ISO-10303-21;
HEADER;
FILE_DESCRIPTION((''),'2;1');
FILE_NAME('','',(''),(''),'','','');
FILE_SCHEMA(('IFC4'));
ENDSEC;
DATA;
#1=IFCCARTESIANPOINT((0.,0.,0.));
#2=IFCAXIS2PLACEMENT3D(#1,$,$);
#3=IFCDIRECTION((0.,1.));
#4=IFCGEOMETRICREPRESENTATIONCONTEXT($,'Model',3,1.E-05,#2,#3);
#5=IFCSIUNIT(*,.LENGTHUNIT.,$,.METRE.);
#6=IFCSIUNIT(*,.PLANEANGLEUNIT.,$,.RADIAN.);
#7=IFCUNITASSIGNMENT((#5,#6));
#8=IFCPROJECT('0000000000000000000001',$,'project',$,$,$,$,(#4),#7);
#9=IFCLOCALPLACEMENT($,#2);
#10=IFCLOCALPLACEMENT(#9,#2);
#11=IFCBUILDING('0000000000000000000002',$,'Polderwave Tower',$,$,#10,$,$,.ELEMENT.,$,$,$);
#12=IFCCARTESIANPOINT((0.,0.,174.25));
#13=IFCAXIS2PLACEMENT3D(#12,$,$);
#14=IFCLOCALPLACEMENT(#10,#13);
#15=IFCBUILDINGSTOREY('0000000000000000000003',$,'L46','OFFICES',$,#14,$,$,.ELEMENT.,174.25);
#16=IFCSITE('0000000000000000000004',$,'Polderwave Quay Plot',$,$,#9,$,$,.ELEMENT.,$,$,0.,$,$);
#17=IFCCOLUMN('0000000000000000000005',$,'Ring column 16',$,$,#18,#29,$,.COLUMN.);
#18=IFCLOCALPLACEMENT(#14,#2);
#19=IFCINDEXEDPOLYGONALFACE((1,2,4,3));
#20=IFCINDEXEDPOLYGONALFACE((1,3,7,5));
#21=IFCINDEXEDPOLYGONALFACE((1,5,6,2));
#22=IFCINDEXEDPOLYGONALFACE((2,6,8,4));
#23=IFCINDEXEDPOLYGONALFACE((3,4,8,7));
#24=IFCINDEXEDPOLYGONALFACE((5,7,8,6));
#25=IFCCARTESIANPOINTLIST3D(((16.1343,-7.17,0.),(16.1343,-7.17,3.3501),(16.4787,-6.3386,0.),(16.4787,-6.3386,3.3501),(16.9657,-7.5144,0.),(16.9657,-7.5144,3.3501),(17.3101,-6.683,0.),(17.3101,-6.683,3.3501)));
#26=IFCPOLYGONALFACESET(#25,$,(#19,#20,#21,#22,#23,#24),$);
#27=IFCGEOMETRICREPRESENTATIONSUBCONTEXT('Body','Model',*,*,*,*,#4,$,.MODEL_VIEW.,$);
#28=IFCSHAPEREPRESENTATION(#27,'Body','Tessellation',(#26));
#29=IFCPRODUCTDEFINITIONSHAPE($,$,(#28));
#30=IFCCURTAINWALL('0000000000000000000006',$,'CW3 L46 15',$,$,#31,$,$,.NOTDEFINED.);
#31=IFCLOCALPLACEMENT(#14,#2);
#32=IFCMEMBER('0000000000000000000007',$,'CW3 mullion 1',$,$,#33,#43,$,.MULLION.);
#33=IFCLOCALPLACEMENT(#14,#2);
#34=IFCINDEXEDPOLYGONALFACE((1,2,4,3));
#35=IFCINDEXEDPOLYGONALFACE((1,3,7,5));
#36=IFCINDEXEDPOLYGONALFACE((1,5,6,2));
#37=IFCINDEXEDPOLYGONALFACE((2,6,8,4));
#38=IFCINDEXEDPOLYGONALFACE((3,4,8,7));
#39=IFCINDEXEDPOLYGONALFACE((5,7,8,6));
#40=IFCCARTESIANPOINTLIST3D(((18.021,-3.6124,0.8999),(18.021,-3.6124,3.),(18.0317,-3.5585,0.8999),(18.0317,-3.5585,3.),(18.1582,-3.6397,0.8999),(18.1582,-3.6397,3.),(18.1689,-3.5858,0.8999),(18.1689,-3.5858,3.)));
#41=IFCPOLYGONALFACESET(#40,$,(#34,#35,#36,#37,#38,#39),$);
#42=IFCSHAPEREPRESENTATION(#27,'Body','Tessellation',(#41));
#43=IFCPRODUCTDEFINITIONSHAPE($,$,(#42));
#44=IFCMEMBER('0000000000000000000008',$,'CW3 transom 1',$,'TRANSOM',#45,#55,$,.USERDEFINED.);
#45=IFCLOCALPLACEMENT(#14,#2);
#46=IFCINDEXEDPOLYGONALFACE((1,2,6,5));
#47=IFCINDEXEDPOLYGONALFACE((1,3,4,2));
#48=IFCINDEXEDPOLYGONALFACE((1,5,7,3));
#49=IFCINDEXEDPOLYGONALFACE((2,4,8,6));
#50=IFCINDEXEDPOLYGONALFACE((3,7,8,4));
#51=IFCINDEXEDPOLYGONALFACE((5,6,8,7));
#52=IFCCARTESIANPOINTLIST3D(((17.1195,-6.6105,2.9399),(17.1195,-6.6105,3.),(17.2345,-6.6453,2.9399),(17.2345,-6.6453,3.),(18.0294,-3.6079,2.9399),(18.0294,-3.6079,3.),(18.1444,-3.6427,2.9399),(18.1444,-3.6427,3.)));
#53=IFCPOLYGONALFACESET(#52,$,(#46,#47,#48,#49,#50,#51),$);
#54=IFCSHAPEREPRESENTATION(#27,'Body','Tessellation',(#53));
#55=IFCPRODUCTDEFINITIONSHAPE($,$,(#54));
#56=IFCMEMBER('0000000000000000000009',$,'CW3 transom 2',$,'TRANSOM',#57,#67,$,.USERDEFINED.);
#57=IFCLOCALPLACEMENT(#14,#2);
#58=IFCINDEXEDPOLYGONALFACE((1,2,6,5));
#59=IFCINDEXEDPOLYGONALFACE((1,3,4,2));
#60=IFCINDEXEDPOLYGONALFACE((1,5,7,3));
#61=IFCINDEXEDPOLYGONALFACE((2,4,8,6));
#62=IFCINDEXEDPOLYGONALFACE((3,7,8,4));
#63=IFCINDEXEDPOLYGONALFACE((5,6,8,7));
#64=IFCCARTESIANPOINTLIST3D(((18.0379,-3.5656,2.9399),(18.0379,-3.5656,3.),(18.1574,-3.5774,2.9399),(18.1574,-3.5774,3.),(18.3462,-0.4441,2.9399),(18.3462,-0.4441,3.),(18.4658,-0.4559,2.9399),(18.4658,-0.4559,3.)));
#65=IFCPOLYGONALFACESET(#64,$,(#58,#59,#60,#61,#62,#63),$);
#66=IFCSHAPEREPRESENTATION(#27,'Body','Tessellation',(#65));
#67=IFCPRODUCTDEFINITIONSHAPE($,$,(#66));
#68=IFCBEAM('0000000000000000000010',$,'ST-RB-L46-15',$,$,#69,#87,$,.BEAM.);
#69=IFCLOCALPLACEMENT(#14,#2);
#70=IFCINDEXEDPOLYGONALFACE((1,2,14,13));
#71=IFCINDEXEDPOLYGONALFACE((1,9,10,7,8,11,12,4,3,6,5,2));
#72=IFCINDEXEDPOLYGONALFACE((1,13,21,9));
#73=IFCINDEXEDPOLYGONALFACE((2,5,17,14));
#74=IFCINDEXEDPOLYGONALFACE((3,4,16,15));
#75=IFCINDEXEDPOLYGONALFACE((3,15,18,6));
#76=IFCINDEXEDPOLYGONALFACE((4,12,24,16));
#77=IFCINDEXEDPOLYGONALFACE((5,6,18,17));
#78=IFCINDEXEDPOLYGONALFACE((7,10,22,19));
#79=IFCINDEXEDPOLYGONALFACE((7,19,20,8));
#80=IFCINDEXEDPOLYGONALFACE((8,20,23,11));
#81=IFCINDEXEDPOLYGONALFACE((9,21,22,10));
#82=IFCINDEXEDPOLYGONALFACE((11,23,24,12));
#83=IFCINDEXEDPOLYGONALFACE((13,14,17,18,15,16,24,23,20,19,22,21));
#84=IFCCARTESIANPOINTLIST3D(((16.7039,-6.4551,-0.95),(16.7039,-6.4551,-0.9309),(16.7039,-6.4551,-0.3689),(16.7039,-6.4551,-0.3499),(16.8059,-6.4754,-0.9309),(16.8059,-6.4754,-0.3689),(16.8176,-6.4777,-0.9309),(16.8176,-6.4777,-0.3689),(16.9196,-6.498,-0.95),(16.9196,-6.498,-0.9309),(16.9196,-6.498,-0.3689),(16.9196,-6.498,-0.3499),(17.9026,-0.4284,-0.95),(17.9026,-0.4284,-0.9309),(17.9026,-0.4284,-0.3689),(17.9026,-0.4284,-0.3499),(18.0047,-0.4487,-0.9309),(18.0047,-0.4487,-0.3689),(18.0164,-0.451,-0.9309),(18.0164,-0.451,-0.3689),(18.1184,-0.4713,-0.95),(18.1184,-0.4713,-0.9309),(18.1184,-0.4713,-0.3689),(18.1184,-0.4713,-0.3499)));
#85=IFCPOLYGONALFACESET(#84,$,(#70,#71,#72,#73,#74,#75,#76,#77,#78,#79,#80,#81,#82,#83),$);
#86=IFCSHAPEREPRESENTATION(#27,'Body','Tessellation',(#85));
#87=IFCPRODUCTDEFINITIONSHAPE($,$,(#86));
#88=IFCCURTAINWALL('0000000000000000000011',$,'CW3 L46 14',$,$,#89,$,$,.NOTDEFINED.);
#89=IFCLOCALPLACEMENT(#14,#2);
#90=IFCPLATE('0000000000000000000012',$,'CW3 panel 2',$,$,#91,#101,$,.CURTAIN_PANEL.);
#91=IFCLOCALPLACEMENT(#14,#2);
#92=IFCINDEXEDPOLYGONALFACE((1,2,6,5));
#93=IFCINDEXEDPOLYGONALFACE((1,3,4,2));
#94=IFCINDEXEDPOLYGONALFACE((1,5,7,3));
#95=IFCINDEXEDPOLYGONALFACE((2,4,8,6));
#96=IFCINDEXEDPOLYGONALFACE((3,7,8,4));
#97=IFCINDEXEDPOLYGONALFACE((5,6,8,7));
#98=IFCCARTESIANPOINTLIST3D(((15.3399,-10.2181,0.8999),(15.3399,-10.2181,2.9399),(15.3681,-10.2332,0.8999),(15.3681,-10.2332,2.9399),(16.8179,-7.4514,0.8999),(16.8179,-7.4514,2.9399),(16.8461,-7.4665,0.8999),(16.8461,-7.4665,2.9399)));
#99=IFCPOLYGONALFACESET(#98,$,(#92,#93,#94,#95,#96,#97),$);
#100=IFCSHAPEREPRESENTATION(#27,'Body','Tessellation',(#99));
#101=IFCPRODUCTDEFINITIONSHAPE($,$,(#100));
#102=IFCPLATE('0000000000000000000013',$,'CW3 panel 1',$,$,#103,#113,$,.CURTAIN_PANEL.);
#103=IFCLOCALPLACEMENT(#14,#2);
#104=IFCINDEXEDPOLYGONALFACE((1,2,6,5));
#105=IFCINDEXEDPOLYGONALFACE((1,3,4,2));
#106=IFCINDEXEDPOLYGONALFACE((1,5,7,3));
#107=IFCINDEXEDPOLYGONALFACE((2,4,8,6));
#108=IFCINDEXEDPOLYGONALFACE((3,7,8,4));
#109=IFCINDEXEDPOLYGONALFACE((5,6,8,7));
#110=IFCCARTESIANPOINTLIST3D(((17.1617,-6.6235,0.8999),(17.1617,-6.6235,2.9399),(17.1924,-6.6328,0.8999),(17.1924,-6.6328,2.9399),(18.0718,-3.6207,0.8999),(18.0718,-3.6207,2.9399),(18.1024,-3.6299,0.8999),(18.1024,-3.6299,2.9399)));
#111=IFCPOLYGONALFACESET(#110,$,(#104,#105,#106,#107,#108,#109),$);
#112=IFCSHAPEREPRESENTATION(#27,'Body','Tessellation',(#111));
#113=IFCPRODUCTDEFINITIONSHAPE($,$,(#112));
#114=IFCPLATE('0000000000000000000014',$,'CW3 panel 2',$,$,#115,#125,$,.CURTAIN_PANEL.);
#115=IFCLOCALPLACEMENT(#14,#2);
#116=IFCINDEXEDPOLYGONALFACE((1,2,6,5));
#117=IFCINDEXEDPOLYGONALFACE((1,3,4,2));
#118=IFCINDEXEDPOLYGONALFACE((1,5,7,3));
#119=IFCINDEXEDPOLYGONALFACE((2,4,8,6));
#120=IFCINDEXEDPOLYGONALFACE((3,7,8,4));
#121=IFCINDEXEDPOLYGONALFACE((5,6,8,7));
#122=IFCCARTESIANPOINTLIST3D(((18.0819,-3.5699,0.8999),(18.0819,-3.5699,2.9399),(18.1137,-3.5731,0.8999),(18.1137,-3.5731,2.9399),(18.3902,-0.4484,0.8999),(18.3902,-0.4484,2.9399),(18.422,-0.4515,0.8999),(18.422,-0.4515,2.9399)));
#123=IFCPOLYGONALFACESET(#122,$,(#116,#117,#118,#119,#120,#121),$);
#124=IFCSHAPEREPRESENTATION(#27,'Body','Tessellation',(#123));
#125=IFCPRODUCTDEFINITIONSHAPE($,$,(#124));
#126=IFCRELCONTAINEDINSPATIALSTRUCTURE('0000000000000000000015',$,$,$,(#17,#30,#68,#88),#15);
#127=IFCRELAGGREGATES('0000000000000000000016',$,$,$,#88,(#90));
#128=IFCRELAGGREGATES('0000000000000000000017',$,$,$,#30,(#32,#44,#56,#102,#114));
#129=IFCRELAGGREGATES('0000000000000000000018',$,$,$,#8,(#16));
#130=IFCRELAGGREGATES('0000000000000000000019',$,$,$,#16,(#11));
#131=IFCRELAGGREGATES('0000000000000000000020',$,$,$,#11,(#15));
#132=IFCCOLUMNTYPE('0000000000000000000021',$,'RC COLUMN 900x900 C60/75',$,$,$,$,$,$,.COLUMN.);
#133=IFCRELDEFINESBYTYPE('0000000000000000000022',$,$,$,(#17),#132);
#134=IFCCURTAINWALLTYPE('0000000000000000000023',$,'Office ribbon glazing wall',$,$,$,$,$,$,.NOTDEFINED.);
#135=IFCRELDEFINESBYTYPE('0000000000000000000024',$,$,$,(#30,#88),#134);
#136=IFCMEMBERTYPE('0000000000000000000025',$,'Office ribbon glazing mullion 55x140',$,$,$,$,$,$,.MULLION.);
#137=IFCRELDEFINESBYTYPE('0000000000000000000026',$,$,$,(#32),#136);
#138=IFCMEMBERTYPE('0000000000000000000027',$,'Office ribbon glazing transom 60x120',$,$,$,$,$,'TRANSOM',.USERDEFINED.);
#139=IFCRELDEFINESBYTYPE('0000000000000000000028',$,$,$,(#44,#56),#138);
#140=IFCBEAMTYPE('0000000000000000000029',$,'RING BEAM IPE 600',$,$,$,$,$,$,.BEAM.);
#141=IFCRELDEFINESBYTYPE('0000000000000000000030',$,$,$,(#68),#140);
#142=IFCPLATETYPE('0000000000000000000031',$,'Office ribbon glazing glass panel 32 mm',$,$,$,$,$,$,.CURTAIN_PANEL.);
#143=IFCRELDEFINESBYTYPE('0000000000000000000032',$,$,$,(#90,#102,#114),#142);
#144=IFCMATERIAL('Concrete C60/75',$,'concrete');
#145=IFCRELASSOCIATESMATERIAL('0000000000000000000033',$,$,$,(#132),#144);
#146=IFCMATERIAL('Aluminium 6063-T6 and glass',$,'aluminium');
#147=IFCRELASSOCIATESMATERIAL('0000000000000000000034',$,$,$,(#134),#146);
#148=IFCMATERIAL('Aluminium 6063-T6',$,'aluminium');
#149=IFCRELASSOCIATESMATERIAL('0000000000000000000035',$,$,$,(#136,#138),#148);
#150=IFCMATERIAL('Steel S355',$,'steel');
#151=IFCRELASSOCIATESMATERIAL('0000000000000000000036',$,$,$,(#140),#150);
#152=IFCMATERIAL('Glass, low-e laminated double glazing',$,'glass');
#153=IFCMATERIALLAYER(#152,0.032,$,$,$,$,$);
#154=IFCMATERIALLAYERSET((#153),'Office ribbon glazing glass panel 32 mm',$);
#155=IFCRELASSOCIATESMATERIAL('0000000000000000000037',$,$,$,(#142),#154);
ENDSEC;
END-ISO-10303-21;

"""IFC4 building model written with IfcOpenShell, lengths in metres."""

from ifc_helpers import new_model, si_unit, direction, frame, origin, origin_2d, place, context, subcontext, project, spatial, rectangle, i_section, extrude, material, layer, layer_set, material_profile, profile_set, type_object, element, aggregate, save


model = new_model("IFC4")

# Units and contexts
model_context = context("Model", 3, precision=1e-05, world=origin(), true_north=direction((0.0, 1.0)))
body_context = subcontext(model_context, "Body", "Model", "MODEL_VIEW")
ifc_project = project(units=[si_unit("LENGTHUNIT", "METRE"), si_unit("PLANEANGLEUNIT", "RADIAN")], contexts=[model_context])

# Site, building, storey
site_placement = place(None, origin())
site = spatial("IfcSite", under=ifc_project, at=site_placement, Name="Polderwave Quay Plot", CompositionType="ELEMENT", RefElevation=0.0)
building_placement = place(site_placement, origin())
building = spatial("IfcBuilding", under=site, at=building_placement, Name="Polderwave Tower", CompositionType="ELEMENT")
storey_placement = place(building_placement, frame((0.0, 0.0, 174.25)))
storey = spatial("IfcBuildingStorey", under=building, at=storey_placement, Name="L46", Description="OFFICES", CompositionType="ELEMENT", Elevation=174.25)

# Column
ifc_material_1 = material(Name="Concrete C60/75", Category="concrete")
ifc_material_profile_1 = material_profile(ifc_material_1, rectangle(XDim=0.8999, YDim=0.8999, at=origin_2d()), Name="RC 900x900")
ifc_profile_set_1 = profile_set([ifc_material_profile_1], Name="Concrete C60/75")
column_type = type_object("IfcColumnType", Name="RC COLUMN 900x900 C60/75", PredefinedType="COLUMN", material=ifc_profile_set_1)
column_placement = place(storey_placement, frame((16.7222, -6.9265, 0.0), z_axis=(0.0, 0.0, 1.0), x_axis=(0.92388, -0.382683, 0.0)))
element("IfcColumn", 1, at=column_placement, inside=storey, type_object=column_type, Name="Ring column 16", PredefinedType="COLUMN", context=body_context, shape_type="SweptSolid", body=[
    extrude(rectangle(XDim=0.8999, YDim=0.8999, at=origin_2d()), origin(), (0.0, 0.0, 1.0), 3.3501),
])

# Curtain wall, members
ifc_material_2 = material(Name="Aluminium 6063-T6 and glass", Category="aluminium")
curtain_wall_type = type_object("IfcCurtainWallType", Name="Office ribbon glazing wall", PredefinedType="NOTDEFINED", material=ifc_material_2)
curtain_wall_1_placement = place(storey_placement, origin())
curtain_wall_1 = element("IfcCurtainWall", 2, at=curtain_wall_1_placement, inside=storey, type_object=curtain_wall_type, Name="CW3 L46 15", PredefinedType="NOTDEFINED")
ifc_material_3 = material(Name="Aluminium 6063-T6", Category="aluminium")
ifc_material_profile_2 = material_profile(ifc_material_3, rectangle(XDim=0.1399, YDim=0.0549, at=origin_2d()), Name="AL 55x140")
ifc_profile_set_2 = profile_set([ifc_material_profile_2], Name="Aluminium 6063-T6")
member_type_1 = type_object("IfcMemberType", Name="Office ribbon glazing mullion 55x140", PredefinedType="MULLION", material=ifc_profile_set_2)
member_1_placement = place(storey_placement, frame((18.095, -3.5991, 0.8999), z_axis=(0.0, 0.0, 1.0), x_axis=(-0.980784, 0.195097, 0.0)))
member_1 = element("IfcMember", 3, at=member_1_placement, type_object=member_type_1, Name="CW3 mullion 1", PredefinedType="MULLION", context=body_context, shape_type="SweptSolid", body=[
    extrude(rectangle(XDim=0.1399, YDim=0.0549, at=origin_2d()), origin(), (0.0, 0.0, 1.0), 2.1001),
])
ifc_material_profile_3 = material_profile(ifc_material_3, rectangle(XDim=0.1201, YDim=0.0601, at=origin_2d()), Name="AL 60x120")
ifc_profile_set_3 = profile_set([ifc_material_profile_3], Name="Aluminium 6063-T6")
member_type_2 = type_object("IfcMemberType", Name="Office ribbon glazing transom 60x120", ElementType="TRANSOM", PredefinedType="USERDEFINED", material=ifc_profile_set_3)
member_2_placement = place(storey_placement, frame((17.177, -6.6279, 2.97), z_axis=(0.29001, 0.957024, 0.0), x_axis=(-0.957024, 0.29001, 0.0)))
member_2 = element("IfcMember", 4, at=member_2_placement, type_object=member_type_2, Name="CW3 transom 1", ObjectType="TRANSOM", PredefinedType="USERDEFINED", context=body_context, shape_type="SweptSolid", body=[
    extrude(rectangle(XDim=0.1201, YDim=0.0601, at=origin_2d()), origin(), (0.0, 0.0, 1.0), 3.1375),
])
member_3_placement = place(storey_placement, frame((18.0977, -3.5715, 2.97), z_axis=(0.098301, 0.995157, 0.0), x_axis=(-0.995157, 0.098301, 0.0)))
member_3 = element("IfcMember", 5, at=member_3_placement, type_object=member_type_2, Name="CW3 transom 2", ObjectType="TRANSOM", PredefinedType="USERDEFINED", context=body_context, shape_type="SweptSolid", body=[
    extrude(rectangle(XDim=0.1201, YDim=0.0601, at=origin_2d()), origin(), (0.0, 0.0, 1.0), 3.1367),
])

# Beam
ifc_material_4 = material(Name="Steel S355", Category="steel")
ifc_material_profile_4 = material_profile(ifc_material_4, i_section(OverallWidth=0.22, OverallDepth=0.6001, WebThickness=0.012, FlangeThickness=0.019, at=origin_2d()), Name="IPE 600")
ifc_profile_set_4 = profile_set([ifc_material_profile_4], Name="Steel S355")
beam_type = type_object("IfcBeamType", Name="RING BEAM IPE 600", PredefinedType="BEAM", material=ifc_profile_set_4)
beam_placement = place(storey_placement, frame((16.8118, -6.4766, -0.6499), z_axis=(0.195085, 0.980786, 0.0), x_axis=(-0.980786, 0.195085, 0.0)))
element("IfcBeam", 6, at=beam_placement, inside=storey, type_object=beam_type, Name="ST-RB-L46-15", PredefinedType="BEAM", context=body_context, shape_type="SweptSolid", body=[
    extrude(i_section(OverallWidth=0.22, OverallDepth=0.6001, WebThickness=0.012, FlangeThickness=0.019, at=origin_2d()), origin(), (0.0, 0.0, 1.0), 6.1448),
])

# Curtain wall, plate
curtain_wall_2_placement = place(storey_placement, origin())
curtain_wall_2 = element("IfcCurtainWall", 7, at=curtain_wall_2_placement, inside=storey, type_object=curtain_wall_type, Name="CW3 L46 14", PredefinedType="NOTDEFINED")
ifc_material_5 = material(Name="Glass, low-e laminated double glazing", Category="glass")
ifc_layer_1 = layer(ifc_material_5, 0.032)
ifc_layer_set_1 = layer_set([ifc_layer_1], Name="Office ribbon glazing glass panel 32 mm")
plate_type = type_object("IfcPlateType", Name="Office ribbon glazing glass panel 32 mm", PredefinedType="CURTAIN_PANEL", material=ifc_layer_set_1)
plate_1_placement = place(storey_placement, frame((16.093, -8.8423, 0.8999), z_axis=(0.0, 0.0, 1.0), x_axis=(0.471195, 0.882029, 0.0)))
plate_1 = element("IfcPlate", 8, at=plate_1_placement, type_object=plate_type, Name="CW3 panel 2", PredefinedType="CURTAIN_PANEL", context=body_context, shape_type="SweptSolid", body=[
    extrude(rectangle(XDim=3.1367, YDim=0.032, at=origin_2d()), origin(), (0.0, 0.0, 1.0), 2.04),
])
aggregate(curtain_wall_2, [plate_1])

# Plates
plate_2_placement = place(storey_placement, frame((17.6321, -5.1267, 0.8999), z_axis=(0.0, 0.0, 1.0), x_axis=(0.290042, 0.957014, 0.0)))
plate_2 = element("IfcPlate", 9, at=plate_2_placement, type_object=plate_type, Name="CW3 panel 1", PredefinedType="CURTAIN_PANEL", context=body_context, shape_type="SweptSolid", body=[
    extrude(rectangle(XDim=3.1377, YDim=0.032, at=origin_2d()), origin(), (0.0, 0.0, 1.0), 2.04),
])
plate_3_placement = place(storey_placement, frame((18.252, -2.0107, 0.8999), z_axis=(0.0, 0.0, 1.0), x_axis=(0.098283, 0.995159, 0.0)))
plate_3 = element("IfcPlate", 10, at=plate_3_placement, type_object=plate_type, Name="CW3 panel 2", PredefinedType="CURTAIN_PANEL", context=body_context, shape_type="SweptSolid", body=[
    extrude(rectangle(XDim=3.1367, YDim=0.032, at=origin_2d()), origin(), (0.0, 0.0, 1.0), 2.04),
])
aggregate(curtain_wall_1, [member_1, member_2, member_3, plate_2, plate_3])

save(model, "model.ifc")
